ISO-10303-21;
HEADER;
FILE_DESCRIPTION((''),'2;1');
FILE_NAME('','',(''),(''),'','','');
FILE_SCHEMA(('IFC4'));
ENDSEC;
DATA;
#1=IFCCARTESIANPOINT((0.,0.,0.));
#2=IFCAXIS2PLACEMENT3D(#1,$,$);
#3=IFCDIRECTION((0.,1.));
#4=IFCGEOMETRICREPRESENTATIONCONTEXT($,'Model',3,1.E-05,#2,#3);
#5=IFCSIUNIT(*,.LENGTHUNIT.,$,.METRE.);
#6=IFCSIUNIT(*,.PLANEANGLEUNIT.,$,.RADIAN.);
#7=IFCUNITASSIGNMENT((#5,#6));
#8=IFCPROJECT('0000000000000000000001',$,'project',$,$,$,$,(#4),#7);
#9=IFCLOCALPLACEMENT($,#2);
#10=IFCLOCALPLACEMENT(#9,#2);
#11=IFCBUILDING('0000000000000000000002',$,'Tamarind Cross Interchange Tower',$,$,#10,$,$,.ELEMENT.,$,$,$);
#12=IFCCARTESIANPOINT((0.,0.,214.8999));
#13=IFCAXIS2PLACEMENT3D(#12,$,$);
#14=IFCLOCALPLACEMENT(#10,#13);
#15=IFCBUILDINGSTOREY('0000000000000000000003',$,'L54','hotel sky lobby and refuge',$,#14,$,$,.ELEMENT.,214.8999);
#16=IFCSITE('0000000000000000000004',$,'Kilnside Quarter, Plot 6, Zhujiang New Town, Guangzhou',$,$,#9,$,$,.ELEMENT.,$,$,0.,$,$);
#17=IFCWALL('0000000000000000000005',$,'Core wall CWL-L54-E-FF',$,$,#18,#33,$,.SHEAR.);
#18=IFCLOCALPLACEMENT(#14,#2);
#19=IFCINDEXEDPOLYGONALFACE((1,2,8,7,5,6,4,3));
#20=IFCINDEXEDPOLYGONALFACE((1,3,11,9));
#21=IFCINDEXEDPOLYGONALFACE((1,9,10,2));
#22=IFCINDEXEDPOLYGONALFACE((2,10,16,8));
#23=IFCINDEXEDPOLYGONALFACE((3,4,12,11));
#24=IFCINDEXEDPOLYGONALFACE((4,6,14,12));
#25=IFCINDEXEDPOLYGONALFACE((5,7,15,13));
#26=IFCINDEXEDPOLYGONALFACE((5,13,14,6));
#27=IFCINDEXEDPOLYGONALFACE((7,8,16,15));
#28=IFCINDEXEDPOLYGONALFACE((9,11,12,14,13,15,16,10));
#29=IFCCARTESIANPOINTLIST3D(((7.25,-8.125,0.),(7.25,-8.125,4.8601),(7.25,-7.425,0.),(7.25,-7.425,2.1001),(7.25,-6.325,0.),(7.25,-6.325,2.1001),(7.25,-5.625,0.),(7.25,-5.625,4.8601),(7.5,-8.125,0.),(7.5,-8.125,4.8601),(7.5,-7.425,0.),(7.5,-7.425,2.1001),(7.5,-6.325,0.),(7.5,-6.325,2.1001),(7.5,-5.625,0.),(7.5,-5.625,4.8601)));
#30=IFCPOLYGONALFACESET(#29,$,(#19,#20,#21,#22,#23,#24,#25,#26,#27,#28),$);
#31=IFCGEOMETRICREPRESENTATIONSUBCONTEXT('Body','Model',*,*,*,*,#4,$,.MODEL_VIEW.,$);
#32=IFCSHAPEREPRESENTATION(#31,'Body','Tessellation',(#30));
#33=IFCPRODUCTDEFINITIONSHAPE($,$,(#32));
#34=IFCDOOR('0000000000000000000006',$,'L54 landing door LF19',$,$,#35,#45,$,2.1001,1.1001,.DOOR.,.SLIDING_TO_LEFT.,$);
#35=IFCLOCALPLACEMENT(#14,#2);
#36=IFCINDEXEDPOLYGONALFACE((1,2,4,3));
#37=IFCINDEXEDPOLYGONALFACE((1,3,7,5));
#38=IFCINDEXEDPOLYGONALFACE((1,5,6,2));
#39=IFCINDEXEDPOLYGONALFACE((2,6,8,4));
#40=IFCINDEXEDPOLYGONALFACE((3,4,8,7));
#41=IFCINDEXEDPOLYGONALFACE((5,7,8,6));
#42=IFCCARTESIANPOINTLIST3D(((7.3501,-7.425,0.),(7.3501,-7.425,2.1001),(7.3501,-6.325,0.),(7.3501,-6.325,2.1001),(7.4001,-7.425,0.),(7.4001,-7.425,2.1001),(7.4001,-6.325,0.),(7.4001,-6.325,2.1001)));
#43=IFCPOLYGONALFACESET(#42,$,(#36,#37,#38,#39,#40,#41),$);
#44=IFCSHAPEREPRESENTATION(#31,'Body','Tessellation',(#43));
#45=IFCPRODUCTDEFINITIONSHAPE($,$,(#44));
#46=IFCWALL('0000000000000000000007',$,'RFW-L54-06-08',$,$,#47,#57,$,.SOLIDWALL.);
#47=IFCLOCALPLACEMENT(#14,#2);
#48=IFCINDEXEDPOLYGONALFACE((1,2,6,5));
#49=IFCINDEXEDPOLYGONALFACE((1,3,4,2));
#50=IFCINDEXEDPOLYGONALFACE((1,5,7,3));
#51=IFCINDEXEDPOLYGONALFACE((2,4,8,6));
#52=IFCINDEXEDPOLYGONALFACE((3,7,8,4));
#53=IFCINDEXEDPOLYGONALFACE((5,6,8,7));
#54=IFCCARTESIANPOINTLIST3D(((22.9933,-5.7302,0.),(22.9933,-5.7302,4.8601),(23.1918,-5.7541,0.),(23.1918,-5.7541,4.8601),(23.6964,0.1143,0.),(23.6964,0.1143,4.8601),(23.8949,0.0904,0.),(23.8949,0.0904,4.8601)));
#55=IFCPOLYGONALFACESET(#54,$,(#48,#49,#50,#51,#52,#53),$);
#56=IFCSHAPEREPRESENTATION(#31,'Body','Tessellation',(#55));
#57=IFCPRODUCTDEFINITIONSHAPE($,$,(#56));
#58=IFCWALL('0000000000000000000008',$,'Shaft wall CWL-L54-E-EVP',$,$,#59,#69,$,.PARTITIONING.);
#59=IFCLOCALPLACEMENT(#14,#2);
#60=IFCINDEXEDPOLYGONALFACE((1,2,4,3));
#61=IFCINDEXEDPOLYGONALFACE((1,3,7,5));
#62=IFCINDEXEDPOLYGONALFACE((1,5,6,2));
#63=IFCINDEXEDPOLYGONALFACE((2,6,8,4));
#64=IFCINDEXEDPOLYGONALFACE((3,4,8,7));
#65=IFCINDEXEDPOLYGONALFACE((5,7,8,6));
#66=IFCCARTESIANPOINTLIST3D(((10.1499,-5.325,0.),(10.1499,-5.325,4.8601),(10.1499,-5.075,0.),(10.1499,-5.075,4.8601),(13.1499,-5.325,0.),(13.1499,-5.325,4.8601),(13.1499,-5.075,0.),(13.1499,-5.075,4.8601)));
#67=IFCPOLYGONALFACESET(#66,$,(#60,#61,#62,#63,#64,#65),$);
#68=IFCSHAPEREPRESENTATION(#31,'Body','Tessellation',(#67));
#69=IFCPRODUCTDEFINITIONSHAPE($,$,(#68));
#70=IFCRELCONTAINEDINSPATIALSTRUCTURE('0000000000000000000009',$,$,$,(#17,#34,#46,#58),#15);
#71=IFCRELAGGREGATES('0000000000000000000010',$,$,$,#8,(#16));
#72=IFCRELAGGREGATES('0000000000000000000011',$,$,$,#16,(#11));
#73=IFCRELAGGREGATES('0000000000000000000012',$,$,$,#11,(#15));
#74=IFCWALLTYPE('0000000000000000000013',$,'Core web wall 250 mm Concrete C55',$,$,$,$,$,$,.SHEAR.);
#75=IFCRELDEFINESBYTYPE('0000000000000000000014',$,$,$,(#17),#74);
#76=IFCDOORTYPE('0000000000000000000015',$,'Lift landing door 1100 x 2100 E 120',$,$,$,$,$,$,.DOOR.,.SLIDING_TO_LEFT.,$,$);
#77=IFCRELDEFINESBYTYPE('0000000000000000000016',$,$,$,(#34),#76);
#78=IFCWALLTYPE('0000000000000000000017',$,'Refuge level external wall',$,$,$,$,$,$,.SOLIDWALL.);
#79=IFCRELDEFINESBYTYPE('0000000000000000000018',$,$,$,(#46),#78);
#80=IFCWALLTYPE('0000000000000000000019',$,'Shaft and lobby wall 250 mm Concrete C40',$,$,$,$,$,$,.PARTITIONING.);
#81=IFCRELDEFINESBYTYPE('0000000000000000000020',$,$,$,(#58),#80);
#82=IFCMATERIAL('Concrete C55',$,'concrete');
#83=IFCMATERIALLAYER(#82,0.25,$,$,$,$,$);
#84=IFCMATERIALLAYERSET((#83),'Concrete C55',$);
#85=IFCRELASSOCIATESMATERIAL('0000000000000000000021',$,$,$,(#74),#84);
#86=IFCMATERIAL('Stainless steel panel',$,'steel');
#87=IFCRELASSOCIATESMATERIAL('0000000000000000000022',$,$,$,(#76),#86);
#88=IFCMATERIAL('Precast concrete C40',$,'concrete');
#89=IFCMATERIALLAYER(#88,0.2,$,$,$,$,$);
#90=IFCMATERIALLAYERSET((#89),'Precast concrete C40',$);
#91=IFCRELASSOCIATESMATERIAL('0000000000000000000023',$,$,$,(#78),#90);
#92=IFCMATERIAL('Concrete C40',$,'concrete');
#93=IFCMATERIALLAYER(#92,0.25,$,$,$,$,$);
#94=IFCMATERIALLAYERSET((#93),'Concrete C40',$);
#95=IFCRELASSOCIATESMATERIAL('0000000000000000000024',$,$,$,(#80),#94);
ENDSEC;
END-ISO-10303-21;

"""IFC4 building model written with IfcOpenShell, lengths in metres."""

from ifc_helpers import new_model, si_unit, direction, frame, frame_2d, origin, place, context, subcontext, project, spatial, rectangle, extrude, material, layer, layer_set, type_object, element, fill, save


model = new_model("IFC4")

# Units and contexts
model_context = context("Model", 3, precision=1e-05, world=origin(), true_north=direction((0.0, 1.0)))
body_context = subcontext(model_context, "Body", "Model", "MODEL_VIEW")
ifc_project = project(units=[si_unit("LENGTHUNIT", "METRE"), si_unit("PLANEANGLEUNIT", "RADIAN")], contexts=[model_context])

# Site, building, storey
site_placement = place(None, origin())
site = spatial("IfcSite", under=ifc_project, at=site_placement, Name="Kilnside Quarter, Plot 6, Zhujiang New Town, Guangzhou", CompositionType="ELEMENT", RefElevation=0.0)
building_placement = place(site_placement, origin())
building = spatial("IfcBuilding", under=site, at=building_placement, Name="Tamarind Cross Interchange Tower", CompositionType="ELEMENT")
storey_placement = place(building_placement, frame((0.0, 0.0, 214.8999)))
storey = spatial("IfcBuildingStorey", under=building, at=storey_placement, Name="L54", Description="hotel sky lobby and refuge", CompositionType="ELEMENT", Elevation=214.8999)

# Shared definitions
ifc_material_1 = material(Name="Concrete C55", Category="concrete")

# Shared definitions
ifc_layer_1 = layer(ifc_material_1, 0.25)
ifc_layer_set_1 = layer_set([ifc_layer_1], Name="Concrete C55")
wall_type_1 = type_object("IfcWallType", Name="Core web wall 250 mm Concrete C55", PredefinedType="SHEAR", material=ifc_layer_set_1)

# Shared definitions
ifc_material_2 = material(Name="Stainless steel panel", Category="steel")
door_type_1 = type_object("IfcDoorType", Name="Lift landing door 1100 x 2100 E 120", OperationType="SLIDING_TO_LEFT", PredefinedType="DOOR", material=ifc_material_2)

# Wall, opening, door
wall_1_placement = place(storey_placement, frame((7.375, -8.125, 0.0), z_axis=(0.0, 0.0, 1.0), x_axis=(0.0, 1.0, 0.0)))
wall_1 = element("IfcWall", 1, at=wall_1_placement, inside=storey, type_object=wall_type_1, Name="Core wall CWL-L54-E-FF", PredefinedType="SHEAR", context=body_context, shape_type="SweptSolid", body=[
    extrude(rectangle(XDim=2.5, YDim=0.25, at=frame_2d((1.25, 0.0))), origin(), (0.0, 0.0, 1.0), 4.8601),
])
opening_1_placement = place(wall_1_placement, frame((0.7, 0.0, 0.0)))
opening_1 = element("IfcOpeningElement", 2, at=opening_1_placement, cuts=wall_1, PredefinedType="OPENING", context=body_context, shape_type="SweptSolid", body=[
    extrude(rectangle(XDim=1.1001, YDim=2.1001, at=frame_2d((0.55, 1.05))), frame((0.0, 0.135, 0.0), z_axis=(0.0, -1.0, 0.0), x_axis=(1.0, 0.0, 0.0)), (0.0, 0.0, 1.0), 0.27),
])
door_1_placement = place(opening_1_placement, origin())
door_1 = element("IfcDoor", 3, at=door_1_placement, inside=storey, type_object=door_type_1, Name="L54 landing door LF19", OperationType="SLIDING_TO_LEFT", OverallHeight=2.1001, OverallWidth=1.1001, PredefinedType="DOOR", context=body_context, shape_type="SweptSolid", body=[
    extrude(rectangle(XDim=1.1001, YDim=2.1001, at=frame_2d((0.55, 1.05))), frame((0.0, 0.0249, 0.0), z_axis=(0.0, -1.0, 0.0), x_axis=(1.0, 0.0, 0.0)), (0.0, 0.0, 1.0), 0.05),
])
fill(opening_1, door_1)

# Walls
ifc_material_3 = material(Name="Precast concrete C40", Category="concrete")
ifc_layer_2 = layer(ifc_material_3, 0.2)
ifc_layer_set_2 = layer_set([ifc_layer_2], Name="Precast concrete C40")
wall_type_2 = type_object("IfcWallType", Name="Refuge level external wall", PredefinedType="SOLIDWALL", material=ifc_layer_set_2)
wall_2_placement = place(storey_placement, frame((23.0925, -5.7422, 0.0), z_axis=(0.0, 0.0, 1.0), x_axis=(0.119444, 0.992841, 0.0)))
element("IfcWall", 4, at=wall_2_placement, inside=storey, type_object=wall_type_2, Name="RFW-L54-06-08", PredefinedType="SOLIDWALL", context=body_context, shape_type="SweptSolid", body=[
    extrude(rectangle(XDim=5.8867, YDim=0.2, at=frame_2d((2.9434, 0.0))), origin(), (0.0, 0.0, 1.0), 4.8601),
])
ifc_material_4 = material(Name="Concrete C40", Category="concrete")
ifc_layer_3 = layer(ifc_material_4, 0.25)
ifc_layer_set_3 = layer_set([ifc_layer_3], Name="Concrete C40")
wall_type_3 = type_object("IfcWallType", Name="Shaft and lobby wall 250 mm Concrete C40", PredefinedType="PARTITIONING", material=ifc_layer_set_3)
wall_3_placement = place(storey_placement, frame((13.1499, -5.2, 0.0), z_axis=(0.0, 0.0, 1.0), x_axis=(-1.0, 0.0, 0.0)))
element("IfcWall", 5, at=wall_3_placement, inside=storey, type_object=wall_type_3, Name="Shaft wall CWL-L54-E-EVP", PredefinedType="PARTITIONING", context=body_context, shape_type="SweptSolid", body=[
    extrude(rectangle(XDim=3.0, YDim=0.25, at=frame_2d((1.5, 0.0))), origin(), (0.0, 0.0, 1.0), 4.8601),
])

save(model, "model.ifc")
